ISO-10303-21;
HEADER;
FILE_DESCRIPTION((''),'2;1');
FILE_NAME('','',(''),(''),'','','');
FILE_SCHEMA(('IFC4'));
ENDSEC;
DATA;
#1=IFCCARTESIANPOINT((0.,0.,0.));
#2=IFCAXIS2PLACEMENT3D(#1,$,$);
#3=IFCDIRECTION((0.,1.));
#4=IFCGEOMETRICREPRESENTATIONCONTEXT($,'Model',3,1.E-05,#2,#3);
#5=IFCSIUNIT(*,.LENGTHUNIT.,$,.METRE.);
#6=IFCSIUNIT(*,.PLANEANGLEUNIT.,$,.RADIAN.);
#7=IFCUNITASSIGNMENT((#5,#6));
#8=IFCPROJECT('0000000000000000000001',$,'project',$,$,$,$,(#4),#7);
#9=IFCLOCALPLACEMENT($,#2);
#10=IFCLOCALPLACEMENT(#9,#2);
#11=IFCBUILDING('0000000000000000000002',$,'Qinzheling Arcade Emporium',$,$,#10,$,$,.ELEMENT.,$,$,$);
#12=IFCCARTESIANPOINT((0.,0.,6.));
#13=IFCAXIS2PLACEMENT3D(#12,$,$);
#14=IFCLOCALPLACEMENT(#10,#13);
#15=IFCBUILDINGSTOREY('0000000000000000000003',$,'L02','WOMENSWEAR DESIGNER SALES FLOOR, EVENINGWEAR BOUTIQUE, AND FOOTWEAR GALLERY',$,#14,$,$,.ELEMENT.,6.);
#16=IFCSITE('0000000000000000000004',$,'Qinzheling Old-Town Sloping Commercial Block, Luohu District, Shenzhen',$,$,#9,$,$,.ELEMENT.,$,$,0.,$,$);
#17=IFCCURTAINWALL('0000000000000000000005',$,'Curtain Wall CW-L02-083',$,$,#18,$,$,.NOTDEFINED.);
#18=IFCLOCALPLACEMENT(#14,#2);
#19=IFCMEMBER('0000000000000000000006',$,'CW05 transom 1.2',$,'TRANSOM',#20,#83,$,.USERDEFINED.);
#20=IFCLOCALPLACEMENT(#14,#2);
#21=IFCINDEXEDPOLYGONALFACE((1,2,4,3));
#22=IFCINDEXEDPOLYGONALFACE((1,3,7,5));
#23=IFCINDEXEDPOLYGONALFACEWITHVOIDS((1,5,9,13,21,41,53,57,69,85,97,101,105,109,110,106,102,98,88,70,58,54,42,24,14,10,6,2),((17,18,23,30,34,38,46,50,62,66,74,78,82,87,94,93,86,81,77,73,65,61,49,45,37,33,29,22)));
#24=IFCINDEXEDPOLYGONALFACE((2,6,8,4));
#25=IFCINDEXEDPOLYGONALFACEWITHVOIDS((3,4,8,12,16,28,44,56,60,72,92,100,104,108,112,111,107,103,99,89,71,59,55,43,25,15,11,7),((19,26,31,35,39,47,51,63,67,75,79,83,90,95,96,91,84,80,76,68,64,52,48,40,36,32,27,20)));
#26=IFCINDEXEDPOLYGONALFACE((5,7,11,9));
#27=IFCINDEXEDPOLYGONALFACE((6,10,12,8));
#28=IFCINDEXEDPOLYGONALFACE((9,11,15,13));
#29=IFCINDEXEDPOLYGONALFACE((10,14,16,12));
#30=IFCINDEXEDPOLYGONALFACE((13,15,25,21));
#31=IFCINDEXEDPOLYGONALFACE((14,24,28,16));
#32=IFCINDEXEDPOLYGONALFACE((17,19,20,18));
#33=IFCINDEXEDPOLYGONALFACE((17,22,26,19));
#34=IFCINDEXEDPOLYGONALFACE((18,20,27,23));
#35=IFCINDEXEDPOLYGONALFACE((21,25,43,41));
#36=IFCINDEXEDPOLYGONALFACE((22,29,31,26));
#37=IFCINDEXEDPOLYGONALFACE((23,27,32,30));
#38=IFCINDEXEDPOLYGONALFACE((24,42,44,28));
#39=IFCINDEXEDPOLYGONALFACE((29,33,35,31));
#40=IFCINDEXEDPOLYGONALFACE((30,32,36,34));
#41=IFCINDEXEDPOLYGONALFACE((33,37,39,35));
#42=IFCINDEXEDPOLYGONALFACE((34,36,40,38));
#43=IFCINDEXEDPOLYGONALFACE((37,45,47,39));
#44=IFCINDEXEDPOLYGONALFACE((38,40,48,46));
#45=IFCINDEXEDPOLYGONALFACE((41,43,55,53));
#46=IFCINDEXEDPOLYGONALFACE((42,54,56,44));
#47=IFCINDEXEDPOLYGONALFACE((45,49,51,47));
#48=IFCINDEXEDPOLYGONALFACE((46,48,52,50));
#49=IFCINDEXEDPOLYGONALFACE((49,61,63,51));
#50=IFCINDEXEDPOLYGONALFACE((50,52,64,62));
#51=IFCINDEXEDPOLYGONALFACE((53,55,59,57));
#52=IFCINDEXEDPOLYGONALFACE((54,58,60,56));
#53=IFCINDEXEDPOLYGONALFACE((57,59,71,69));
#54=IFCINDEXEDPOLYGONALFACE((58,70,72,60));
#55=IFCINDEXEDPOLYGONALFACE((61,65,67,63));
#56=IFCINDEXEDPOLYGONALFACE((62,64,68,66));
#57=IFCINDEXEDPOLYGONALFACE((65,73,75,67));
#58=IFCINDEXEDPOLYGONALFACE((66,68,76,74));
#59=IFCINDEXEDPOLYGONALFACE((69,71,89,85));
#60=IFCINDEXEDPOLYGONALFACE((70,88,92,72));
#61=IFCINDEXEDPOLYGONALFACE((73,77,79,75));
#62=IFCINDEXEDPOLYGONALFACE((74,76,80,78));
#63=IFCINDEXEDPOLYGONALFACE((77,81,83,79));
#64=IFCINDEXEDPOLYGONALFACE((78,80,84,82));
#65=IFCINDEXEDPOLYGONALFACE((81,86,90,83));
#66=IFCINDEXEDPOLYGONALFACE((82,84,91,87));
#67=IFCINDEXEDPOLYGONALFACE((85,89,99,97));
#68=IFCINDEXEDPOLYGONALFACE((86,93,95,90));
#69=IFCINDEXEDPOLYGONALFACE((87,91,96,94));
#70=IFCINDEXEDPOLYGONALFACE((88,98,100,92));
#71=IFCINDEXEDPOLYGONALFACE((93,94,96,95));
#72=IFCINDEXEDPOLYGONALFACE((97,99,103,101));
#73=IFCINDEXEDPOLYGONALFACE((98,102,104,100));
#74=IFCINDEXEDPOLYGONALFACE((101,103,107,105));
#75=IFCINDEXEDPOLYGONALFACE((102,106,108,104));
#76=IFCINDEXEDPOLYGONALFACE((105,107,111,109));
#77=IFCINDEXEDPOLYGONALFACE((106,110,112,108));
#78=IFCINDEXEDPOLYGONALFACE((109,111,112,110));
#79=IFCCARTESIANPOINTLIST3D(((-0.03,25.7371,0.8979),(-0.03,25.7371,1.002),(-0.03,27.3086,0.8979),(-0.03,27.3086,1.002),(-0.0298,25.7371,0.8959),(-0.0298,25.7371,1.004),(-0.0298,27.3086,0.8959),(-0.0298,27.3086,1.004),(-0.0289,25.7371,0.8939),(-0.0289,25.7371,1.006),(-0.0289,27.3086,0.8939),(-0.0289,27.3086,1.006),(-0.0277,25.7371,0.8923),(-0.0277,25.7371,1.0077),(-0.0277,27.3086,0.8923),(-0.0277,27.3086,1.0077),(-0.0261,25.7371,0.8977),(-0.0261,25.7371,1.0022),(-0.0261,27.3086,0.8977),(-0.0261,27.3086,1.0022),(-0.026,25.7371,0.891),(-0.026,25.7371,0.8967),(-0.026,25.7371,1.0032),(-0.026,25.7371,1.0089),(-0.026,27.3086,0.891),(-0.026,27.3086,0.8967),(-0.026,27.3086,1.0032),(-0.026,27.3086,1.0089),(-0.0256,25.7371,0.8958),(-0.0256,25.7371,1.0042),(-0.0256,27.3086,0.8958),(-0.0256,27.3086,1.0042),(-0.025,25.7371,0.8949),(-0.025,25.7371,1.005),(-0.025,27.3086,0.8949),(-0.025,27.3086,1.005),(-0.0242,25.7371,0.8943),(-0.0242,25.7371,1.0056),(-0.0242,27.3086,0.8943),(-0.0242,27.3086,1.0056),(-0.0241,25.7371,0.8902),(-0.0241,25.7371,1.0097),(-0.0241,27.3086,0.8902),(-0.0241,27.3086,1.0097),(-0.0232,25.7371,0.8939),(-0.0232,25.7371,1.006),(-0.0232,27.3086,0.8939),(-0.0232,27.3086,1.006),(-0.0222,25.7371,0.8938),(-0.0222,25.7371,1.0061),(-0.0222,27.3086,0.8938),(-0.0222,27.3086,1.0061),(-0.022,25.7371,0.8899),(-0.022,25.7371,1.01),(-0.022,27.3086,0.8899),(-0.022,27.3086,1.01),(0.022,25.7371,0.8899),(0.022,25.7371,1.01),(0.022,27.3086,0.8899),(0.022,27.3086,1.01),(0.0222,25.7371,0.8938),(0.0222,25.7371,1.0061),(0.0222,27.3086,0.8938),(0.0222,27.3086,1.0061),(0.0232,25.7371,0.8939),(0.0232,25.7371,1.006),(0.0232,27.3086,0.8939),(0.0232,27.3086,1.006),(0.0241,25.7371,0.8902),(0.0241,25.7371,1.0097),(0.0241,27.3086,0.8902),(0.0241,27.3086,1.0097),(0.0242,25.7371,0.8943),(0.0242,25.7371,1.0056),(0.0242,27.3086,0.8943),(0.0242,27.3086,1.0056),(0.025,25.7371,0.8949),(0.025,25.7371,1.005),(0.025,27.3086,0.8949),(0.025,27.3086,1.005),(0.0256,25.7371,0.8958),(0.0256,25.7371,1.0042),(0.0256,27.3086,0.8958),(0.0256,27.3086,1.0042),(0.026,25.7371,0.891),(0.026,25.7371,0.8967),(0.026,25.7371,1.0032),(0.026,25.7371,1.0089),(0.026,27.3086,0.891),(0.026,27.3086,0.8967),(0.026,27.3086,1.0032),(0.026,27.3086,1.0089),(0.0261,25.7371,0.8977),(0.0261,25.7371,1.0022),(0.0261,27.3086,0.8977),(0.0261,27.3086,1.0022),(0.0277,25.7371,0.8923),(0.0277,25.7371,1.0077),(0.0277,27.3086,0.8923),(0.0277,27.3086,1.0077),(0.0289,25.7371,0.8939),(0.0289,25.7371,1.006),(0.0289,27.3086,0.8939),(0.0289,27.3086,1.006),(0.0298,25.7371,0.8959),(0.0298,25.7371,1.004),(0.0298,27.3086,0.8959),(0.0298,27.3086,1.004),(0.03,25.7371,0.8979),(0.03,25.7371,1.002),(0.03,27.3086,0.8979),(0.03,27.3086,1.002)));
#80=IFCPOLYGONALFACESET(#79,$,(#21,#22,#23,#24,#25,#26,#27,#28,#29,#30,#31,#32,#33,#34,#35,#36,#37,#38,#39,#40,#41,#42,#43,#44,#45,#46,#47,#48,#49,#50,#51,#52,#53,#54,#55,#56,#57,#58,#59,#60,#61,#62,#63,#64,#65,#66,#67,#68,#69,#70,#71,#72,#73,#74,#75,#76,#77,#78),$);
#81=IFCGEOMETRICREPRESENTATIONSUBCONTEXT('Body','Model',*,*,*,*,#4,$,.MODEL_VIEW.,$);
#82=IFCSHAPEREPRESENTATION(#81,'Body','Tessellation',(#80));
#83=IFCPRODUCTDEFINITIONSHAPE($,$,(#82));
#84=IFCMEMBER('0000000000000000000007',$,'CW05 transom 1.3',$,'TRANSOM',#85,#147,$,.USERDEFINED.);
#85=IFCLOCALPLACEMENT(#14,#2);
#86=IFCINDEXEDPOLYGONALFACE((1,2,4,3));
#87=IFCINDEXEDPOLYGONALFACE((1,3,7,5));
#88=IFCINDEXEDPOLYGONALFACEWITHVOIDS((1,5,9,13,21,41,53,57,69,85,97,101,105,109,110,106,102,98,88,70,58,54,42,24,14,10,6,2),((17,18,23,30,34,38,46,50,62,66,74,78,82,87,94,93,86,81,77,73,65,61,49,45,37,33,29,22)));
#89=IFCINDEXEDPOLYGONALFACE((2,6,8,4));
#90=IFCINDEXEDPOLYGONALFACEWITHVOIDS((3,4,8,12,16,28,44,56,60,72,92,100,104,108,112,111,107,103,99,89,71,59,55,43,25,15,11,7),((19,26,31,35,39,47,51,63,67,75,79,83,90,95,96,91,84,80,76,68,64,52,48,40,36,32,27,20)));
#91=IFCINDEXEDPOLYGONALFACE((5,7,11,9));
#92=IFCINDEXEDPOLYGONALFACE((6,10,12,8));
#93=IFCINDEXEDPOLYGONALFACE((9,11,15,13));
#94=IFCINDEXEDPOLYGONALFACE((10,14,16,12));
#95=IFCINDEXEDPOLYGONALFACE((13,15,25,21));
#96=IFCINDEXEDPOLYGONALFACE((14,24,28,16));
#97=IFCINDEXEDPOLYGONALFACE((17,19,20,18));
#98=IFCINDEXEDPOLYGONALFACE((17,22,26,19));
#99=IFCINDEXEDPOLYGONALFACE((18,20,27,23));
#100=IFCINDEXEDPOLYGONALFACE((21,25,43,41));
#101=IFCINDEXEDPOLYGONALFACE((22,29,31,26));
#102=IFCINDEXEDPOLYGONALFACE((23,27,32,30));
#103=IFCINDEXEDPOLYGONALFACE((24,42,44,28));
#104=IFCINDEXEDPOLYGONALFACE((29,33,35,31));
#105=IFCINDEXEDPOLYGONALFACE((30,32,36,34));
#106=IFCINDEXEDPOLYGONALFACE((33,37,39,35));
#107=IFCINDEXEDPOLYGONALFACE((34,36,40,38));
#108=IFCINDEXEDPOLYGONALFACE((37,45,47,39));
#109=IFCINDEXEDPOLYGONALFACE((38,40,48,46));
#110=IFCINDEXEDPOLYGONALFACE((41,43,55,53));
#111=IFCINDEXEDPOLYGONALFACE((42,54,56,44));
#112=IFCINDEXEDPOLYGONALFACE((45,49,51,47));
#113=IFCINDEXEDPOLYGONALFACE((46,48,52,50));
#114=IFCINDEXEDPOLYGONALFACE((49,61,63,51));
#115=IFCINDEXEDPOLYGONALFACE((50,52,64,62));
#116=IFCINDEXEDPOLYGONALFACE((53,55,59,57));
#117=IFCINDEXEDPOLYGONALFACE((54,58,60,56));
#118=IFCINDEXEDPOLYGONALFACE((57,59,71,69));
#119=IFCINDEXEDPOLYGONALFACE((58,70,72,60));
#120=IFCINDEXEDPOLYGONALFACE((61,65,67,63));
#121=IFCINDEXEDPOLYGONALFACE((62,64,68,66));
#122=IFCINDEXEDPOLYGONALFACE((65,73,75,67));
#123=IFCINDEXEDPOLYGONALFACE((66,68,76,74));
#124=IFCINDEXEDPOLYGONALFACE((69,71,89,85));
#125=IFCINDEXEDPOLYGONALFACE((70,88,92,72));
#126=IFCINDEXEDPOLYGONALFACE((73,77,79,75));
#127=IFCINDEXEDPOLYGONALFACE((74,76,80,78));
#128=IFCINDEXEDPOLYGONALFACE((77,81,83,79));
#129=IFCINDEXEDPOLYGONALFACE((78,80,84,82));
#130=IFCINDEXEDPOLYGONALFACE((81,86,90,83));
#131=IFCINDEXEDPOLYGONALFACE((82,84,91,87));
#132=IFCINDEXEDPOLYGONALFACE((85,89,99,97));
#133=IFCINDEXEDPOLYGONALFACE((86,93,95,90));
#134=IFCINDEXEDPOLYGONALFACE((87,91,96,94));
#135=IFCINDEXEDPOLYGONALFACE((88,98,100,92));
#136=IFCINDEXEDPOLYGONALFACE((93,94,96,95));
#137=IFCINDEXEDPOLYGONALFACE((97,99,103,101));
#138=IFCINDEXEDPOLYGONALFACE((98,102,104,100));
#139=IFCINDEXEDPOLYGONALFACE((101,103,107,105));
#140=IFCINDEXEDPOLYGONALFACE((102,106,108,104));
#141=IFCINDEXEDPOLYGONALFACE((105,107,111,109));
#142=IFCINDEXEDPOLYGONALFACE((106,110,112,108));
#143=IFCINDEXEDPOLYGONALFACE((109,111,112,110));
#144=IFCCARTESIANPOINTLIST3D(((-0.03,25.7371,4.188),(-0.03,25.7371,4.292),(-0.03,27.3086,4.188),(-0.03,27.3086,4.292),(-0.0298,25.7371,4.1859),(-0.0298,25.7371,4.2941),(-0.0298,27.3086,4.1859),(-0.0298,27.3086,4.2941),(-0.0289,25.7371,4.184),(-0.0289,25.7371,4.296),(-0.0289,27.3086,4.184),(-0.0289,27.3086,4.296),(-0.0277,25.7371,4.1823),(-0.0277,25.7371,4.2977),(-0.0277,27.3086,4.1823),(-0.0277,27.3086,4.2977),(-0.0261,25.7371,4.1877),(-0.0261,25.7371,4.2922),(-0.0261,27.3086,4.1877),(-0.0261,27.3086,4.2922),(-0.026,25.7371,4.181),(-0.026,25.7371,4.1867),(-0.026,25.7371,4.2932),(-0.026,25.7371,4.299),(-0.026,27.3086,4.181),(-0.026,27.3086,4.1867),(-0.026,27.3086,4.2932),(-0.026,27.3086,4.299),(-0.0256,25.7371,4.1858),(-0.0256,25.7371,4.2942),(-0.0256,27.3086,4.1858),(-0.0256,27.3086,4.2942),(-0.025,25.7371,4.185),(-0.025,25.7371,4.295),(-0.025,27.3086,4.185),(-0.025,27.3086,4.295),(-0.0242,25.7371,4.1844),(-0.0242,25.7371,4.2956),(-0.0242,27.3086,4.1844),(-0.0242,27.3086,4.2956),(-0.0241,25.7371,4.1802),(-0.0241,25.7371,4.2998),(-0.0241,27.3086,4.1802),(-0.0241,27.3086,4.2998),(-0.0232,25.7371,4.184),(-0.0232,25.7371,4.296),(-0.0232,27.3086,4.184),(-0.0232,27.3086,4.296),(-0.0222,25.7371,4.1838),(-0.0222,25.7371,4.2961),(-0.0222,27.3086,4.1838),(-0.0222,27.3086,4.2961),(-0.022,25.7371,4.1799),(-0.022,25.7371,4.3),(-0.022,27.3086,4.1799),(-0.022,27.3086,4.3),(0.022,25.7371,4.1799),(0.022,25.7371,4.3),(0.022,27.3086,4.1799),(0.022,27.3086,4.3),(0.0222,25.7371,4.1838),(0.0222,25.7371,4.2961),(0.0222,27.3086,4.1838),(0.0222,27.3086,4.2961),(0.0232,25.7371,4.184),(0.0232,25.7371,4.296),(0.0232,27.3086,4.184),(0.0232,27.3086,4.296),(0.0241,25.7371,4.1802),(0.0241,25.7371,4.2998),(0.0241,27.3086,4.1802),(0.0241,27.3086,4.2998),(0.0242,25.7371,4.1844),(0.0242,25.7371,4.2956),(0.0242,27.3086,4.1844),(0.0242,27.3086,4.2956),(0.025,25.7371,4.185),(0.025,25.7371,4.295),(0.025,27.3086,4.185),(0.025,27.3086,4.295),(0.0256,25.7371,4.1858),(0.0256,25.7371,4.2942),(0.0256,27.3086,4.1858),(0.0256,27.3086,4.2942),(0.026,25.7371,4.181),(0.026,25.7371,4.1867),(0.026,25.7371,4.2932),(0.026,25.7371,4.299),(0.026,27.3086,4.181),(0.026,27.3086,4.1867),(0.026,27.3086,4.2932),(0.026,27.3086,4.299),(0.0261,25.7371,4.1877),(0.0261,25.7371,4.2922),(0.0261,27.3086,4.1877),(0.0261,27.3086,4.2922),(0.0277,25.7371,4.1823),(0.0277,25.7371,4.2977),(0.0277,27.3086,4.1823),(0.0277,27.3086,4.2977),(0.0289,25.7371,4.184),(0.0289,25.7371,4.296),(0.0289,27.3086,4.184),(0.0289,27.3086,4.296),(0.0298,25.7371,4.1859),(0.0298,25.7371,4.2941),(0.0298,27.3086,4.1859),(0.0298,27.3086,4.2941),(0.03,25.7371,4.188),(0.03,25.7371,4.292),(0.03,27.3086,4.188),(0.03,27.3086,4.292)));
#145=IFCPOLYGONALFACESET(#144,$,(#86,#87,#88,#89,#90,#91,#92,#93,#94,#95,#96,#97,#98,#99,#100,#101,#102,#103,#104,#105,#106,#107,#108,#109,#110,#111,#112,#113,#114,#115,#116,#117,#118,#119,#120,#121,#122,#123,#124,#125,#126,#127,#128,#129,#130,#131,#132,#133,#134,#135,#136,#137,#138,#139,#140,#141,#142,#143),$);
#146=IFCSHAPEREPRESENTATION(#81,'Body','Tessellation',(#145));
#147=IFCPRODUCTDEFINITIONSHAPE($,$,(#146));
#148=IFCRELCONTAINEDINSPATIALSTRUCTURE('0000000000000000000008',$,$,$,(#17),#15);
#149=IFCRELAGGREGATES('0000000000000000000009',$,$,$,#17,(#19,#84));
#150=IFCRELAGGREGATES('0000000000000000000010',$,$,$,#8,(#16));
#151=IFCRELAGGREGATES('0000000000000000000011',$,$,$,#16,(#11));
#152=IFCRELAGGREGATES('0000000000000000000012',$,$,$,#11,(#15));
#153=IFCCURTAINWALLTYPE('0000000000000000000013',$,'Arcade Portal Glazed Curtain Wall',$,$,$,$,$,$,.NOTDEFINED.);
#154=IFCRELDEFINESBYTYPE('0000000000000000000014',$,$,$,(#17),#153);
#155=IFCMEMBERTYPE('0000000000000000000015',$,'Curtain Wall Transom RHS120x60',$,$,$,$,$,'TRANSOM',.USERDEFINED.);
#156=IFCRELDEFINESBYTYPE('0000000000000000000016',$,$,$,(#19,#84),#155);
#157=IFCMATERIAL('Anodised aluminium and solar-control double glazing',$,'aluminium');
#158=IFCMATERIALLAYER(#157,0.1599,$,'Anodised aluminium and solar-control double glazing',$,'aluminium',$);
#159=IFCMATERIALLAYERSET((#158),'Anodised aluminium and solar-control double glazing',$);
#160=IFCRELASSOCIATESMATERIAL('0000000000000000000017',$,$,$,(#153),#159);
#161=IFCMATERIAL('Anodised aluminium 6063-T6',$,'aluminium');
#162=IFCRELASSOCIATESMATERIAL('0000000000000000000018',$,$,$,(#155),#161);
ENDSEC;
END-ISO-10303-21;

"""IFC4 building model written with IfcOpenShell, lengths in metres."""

from ifc_helpers import new_model, si_unit, direction, frame, origin, origin_2d, place, context, subcontext, project, spatial, hollow_rectangle, extrude, material, layer, layer_set, material_profile, profile_set, type_object, element, aggregate, save


model = new_model("IFC4")

# Units and contexts
model_context = context("Model", 3, precision=1e-05, world=origin(), true_north=direction((0.0, 1.0)))
body_context = subcontext(model_context, "Body", "Model", "MODEL_VIEW")
ifc_project = project(units=[si_unit("LENGTHUNIT", "METRE"), si_unit("PLANEANGLEUNIT", "RADIAN")], contexts=[model_context])

# Site, building, storey
site_placement = place(None, origin())
site = spatial("IfcSite", under=ifc_project, at=site_placement, Name="Qinzheling Old-Town Sloping Commercial Block, Luohu District, Shenzhen", CompositionType="ELEMENT", RefElevation=0.0)
building_placement = place(site_placement, origin())
building = spatial("IfcBuilding", under=site, at=building_placement, Name="Qinzheling Arcade Emporium", CompositionType="ELEMENT")
storey_placement = place(building_placement, frame((0.0, 0.0, 6.0)))
storey = spatial("IfcBuildingStorey", under=building, at=storey_placement, Name="L02", Description="WOMENSWEAR DESIGNER SALES FLOOR, EVENINGWEAR BOUTIQUE, AND FOOTWEAR GALLERY", CompositionType="ELEMENT", Elevation=6.0)

# Curtain wall
ifc_material_1 = material(Name="Anodised aluminium and solar-control double glazing", Category="aluminium")
ifc_layer_1 = layer(ifc_material_1, 0.1599, Name="Anodised aluminium and solar-control double glazing", Category="aluminium")
ifc_layer_set_1 = layer_set([ifc_layer_1], Name="Anodised aluminium and solar-control double glazing")
curtain_wall_type = type_object("IfcCurtainWallType", Name="Arcade Portal Glazed Curtain Wall", PredefinedType="NOTDEFINED", material=ifc_layer_set_1)
curtain_wall_1_placement = place(storey_placement, origin())
curtain_wall_1 = element("IfcCurtainWall", 1, at=curtain_wall_1_placement, inside=storey, type_object=curtain_wall_type, Name="Curtain Wall CW-L02-083", PredefinedType="NOTDEFINED")
ifc_material_2 = material(Name="Anodised aluminium 6063-T6", Category="aluminium")

# Members
ifc_material_profile_1 = material_profile(ifc_material_2, hollow_rectangle(XDim=0.0601, YDim=0.1201, WallThickness=0.0039, InnerFilletRadius=0.0039, OuterFilletRadius=0.0081, at=origin_2d()), Name="RHS 120x60x4", Category="aluminium")
ifc_profile_set_1 = profile_set([ifc_material_profile_1], Name="Anodised aluminium 6063-T6")
member_type_1 = type_object("IfcMemberType", Name="Curtain Wall Transom RHS120x60", ElementType="TRANSOM", PredefinedType="USERDEFINED", material=ifc_profile_set_1)
member_1_placement = place(storey_placement, frame((0.0, 25.7371, 0.95), z_axis=(0.0, 1.0, 0.0), x_axis=(-1.0, 0.0, 0.0)))
member_1 = element("IfcMember", 2, at=member_1_placement, type_object=member_type_1, Name="CW05 transom 1.2", ObjectType="TRANSOM", PredefinedType="USERDEFINED", context=body_context, shape_type="SweptSolid", body=[
    extrude(hollow_rectangle(XDim=0.0601, YDim=0.1201, WallThickness=0.0039, InnerFilletRadius=0.0039, OuterFilletRadius=0.0081, at=origin_2d()), origin(), (0.0, 0.0, 1.0), 1.5715),
])
member_2_placement = place(storey_placement, frame((0.0, 25.7371, 4.24), z_axis=(0.0, 1.0, 0.0), x_axis=(-1.0, 0.0, 0.0)))
member_2 = element("IfcMember", 3, at=member_2_placement, type_object=member_type_1, Name="CW05 transom 1.3", ObjectType="TRANSOM", PredefinedType="USERDEFINED", context=body_context, shape_type="SweptSolid", body=[
    extrude(hollow_rectangle(XDim=0.0601, YDim=0.1201, WallThickness=0.0039, InnerFilletRadius=0.0039, OuterFilletRadius=0.0081, at=origin_2d()), origin(), (0.0, 0.0, 1.0), 1.5715),
])

aggregate(curtain_wall_1, [member_1, member_2])

save(model, "model.ifc")
